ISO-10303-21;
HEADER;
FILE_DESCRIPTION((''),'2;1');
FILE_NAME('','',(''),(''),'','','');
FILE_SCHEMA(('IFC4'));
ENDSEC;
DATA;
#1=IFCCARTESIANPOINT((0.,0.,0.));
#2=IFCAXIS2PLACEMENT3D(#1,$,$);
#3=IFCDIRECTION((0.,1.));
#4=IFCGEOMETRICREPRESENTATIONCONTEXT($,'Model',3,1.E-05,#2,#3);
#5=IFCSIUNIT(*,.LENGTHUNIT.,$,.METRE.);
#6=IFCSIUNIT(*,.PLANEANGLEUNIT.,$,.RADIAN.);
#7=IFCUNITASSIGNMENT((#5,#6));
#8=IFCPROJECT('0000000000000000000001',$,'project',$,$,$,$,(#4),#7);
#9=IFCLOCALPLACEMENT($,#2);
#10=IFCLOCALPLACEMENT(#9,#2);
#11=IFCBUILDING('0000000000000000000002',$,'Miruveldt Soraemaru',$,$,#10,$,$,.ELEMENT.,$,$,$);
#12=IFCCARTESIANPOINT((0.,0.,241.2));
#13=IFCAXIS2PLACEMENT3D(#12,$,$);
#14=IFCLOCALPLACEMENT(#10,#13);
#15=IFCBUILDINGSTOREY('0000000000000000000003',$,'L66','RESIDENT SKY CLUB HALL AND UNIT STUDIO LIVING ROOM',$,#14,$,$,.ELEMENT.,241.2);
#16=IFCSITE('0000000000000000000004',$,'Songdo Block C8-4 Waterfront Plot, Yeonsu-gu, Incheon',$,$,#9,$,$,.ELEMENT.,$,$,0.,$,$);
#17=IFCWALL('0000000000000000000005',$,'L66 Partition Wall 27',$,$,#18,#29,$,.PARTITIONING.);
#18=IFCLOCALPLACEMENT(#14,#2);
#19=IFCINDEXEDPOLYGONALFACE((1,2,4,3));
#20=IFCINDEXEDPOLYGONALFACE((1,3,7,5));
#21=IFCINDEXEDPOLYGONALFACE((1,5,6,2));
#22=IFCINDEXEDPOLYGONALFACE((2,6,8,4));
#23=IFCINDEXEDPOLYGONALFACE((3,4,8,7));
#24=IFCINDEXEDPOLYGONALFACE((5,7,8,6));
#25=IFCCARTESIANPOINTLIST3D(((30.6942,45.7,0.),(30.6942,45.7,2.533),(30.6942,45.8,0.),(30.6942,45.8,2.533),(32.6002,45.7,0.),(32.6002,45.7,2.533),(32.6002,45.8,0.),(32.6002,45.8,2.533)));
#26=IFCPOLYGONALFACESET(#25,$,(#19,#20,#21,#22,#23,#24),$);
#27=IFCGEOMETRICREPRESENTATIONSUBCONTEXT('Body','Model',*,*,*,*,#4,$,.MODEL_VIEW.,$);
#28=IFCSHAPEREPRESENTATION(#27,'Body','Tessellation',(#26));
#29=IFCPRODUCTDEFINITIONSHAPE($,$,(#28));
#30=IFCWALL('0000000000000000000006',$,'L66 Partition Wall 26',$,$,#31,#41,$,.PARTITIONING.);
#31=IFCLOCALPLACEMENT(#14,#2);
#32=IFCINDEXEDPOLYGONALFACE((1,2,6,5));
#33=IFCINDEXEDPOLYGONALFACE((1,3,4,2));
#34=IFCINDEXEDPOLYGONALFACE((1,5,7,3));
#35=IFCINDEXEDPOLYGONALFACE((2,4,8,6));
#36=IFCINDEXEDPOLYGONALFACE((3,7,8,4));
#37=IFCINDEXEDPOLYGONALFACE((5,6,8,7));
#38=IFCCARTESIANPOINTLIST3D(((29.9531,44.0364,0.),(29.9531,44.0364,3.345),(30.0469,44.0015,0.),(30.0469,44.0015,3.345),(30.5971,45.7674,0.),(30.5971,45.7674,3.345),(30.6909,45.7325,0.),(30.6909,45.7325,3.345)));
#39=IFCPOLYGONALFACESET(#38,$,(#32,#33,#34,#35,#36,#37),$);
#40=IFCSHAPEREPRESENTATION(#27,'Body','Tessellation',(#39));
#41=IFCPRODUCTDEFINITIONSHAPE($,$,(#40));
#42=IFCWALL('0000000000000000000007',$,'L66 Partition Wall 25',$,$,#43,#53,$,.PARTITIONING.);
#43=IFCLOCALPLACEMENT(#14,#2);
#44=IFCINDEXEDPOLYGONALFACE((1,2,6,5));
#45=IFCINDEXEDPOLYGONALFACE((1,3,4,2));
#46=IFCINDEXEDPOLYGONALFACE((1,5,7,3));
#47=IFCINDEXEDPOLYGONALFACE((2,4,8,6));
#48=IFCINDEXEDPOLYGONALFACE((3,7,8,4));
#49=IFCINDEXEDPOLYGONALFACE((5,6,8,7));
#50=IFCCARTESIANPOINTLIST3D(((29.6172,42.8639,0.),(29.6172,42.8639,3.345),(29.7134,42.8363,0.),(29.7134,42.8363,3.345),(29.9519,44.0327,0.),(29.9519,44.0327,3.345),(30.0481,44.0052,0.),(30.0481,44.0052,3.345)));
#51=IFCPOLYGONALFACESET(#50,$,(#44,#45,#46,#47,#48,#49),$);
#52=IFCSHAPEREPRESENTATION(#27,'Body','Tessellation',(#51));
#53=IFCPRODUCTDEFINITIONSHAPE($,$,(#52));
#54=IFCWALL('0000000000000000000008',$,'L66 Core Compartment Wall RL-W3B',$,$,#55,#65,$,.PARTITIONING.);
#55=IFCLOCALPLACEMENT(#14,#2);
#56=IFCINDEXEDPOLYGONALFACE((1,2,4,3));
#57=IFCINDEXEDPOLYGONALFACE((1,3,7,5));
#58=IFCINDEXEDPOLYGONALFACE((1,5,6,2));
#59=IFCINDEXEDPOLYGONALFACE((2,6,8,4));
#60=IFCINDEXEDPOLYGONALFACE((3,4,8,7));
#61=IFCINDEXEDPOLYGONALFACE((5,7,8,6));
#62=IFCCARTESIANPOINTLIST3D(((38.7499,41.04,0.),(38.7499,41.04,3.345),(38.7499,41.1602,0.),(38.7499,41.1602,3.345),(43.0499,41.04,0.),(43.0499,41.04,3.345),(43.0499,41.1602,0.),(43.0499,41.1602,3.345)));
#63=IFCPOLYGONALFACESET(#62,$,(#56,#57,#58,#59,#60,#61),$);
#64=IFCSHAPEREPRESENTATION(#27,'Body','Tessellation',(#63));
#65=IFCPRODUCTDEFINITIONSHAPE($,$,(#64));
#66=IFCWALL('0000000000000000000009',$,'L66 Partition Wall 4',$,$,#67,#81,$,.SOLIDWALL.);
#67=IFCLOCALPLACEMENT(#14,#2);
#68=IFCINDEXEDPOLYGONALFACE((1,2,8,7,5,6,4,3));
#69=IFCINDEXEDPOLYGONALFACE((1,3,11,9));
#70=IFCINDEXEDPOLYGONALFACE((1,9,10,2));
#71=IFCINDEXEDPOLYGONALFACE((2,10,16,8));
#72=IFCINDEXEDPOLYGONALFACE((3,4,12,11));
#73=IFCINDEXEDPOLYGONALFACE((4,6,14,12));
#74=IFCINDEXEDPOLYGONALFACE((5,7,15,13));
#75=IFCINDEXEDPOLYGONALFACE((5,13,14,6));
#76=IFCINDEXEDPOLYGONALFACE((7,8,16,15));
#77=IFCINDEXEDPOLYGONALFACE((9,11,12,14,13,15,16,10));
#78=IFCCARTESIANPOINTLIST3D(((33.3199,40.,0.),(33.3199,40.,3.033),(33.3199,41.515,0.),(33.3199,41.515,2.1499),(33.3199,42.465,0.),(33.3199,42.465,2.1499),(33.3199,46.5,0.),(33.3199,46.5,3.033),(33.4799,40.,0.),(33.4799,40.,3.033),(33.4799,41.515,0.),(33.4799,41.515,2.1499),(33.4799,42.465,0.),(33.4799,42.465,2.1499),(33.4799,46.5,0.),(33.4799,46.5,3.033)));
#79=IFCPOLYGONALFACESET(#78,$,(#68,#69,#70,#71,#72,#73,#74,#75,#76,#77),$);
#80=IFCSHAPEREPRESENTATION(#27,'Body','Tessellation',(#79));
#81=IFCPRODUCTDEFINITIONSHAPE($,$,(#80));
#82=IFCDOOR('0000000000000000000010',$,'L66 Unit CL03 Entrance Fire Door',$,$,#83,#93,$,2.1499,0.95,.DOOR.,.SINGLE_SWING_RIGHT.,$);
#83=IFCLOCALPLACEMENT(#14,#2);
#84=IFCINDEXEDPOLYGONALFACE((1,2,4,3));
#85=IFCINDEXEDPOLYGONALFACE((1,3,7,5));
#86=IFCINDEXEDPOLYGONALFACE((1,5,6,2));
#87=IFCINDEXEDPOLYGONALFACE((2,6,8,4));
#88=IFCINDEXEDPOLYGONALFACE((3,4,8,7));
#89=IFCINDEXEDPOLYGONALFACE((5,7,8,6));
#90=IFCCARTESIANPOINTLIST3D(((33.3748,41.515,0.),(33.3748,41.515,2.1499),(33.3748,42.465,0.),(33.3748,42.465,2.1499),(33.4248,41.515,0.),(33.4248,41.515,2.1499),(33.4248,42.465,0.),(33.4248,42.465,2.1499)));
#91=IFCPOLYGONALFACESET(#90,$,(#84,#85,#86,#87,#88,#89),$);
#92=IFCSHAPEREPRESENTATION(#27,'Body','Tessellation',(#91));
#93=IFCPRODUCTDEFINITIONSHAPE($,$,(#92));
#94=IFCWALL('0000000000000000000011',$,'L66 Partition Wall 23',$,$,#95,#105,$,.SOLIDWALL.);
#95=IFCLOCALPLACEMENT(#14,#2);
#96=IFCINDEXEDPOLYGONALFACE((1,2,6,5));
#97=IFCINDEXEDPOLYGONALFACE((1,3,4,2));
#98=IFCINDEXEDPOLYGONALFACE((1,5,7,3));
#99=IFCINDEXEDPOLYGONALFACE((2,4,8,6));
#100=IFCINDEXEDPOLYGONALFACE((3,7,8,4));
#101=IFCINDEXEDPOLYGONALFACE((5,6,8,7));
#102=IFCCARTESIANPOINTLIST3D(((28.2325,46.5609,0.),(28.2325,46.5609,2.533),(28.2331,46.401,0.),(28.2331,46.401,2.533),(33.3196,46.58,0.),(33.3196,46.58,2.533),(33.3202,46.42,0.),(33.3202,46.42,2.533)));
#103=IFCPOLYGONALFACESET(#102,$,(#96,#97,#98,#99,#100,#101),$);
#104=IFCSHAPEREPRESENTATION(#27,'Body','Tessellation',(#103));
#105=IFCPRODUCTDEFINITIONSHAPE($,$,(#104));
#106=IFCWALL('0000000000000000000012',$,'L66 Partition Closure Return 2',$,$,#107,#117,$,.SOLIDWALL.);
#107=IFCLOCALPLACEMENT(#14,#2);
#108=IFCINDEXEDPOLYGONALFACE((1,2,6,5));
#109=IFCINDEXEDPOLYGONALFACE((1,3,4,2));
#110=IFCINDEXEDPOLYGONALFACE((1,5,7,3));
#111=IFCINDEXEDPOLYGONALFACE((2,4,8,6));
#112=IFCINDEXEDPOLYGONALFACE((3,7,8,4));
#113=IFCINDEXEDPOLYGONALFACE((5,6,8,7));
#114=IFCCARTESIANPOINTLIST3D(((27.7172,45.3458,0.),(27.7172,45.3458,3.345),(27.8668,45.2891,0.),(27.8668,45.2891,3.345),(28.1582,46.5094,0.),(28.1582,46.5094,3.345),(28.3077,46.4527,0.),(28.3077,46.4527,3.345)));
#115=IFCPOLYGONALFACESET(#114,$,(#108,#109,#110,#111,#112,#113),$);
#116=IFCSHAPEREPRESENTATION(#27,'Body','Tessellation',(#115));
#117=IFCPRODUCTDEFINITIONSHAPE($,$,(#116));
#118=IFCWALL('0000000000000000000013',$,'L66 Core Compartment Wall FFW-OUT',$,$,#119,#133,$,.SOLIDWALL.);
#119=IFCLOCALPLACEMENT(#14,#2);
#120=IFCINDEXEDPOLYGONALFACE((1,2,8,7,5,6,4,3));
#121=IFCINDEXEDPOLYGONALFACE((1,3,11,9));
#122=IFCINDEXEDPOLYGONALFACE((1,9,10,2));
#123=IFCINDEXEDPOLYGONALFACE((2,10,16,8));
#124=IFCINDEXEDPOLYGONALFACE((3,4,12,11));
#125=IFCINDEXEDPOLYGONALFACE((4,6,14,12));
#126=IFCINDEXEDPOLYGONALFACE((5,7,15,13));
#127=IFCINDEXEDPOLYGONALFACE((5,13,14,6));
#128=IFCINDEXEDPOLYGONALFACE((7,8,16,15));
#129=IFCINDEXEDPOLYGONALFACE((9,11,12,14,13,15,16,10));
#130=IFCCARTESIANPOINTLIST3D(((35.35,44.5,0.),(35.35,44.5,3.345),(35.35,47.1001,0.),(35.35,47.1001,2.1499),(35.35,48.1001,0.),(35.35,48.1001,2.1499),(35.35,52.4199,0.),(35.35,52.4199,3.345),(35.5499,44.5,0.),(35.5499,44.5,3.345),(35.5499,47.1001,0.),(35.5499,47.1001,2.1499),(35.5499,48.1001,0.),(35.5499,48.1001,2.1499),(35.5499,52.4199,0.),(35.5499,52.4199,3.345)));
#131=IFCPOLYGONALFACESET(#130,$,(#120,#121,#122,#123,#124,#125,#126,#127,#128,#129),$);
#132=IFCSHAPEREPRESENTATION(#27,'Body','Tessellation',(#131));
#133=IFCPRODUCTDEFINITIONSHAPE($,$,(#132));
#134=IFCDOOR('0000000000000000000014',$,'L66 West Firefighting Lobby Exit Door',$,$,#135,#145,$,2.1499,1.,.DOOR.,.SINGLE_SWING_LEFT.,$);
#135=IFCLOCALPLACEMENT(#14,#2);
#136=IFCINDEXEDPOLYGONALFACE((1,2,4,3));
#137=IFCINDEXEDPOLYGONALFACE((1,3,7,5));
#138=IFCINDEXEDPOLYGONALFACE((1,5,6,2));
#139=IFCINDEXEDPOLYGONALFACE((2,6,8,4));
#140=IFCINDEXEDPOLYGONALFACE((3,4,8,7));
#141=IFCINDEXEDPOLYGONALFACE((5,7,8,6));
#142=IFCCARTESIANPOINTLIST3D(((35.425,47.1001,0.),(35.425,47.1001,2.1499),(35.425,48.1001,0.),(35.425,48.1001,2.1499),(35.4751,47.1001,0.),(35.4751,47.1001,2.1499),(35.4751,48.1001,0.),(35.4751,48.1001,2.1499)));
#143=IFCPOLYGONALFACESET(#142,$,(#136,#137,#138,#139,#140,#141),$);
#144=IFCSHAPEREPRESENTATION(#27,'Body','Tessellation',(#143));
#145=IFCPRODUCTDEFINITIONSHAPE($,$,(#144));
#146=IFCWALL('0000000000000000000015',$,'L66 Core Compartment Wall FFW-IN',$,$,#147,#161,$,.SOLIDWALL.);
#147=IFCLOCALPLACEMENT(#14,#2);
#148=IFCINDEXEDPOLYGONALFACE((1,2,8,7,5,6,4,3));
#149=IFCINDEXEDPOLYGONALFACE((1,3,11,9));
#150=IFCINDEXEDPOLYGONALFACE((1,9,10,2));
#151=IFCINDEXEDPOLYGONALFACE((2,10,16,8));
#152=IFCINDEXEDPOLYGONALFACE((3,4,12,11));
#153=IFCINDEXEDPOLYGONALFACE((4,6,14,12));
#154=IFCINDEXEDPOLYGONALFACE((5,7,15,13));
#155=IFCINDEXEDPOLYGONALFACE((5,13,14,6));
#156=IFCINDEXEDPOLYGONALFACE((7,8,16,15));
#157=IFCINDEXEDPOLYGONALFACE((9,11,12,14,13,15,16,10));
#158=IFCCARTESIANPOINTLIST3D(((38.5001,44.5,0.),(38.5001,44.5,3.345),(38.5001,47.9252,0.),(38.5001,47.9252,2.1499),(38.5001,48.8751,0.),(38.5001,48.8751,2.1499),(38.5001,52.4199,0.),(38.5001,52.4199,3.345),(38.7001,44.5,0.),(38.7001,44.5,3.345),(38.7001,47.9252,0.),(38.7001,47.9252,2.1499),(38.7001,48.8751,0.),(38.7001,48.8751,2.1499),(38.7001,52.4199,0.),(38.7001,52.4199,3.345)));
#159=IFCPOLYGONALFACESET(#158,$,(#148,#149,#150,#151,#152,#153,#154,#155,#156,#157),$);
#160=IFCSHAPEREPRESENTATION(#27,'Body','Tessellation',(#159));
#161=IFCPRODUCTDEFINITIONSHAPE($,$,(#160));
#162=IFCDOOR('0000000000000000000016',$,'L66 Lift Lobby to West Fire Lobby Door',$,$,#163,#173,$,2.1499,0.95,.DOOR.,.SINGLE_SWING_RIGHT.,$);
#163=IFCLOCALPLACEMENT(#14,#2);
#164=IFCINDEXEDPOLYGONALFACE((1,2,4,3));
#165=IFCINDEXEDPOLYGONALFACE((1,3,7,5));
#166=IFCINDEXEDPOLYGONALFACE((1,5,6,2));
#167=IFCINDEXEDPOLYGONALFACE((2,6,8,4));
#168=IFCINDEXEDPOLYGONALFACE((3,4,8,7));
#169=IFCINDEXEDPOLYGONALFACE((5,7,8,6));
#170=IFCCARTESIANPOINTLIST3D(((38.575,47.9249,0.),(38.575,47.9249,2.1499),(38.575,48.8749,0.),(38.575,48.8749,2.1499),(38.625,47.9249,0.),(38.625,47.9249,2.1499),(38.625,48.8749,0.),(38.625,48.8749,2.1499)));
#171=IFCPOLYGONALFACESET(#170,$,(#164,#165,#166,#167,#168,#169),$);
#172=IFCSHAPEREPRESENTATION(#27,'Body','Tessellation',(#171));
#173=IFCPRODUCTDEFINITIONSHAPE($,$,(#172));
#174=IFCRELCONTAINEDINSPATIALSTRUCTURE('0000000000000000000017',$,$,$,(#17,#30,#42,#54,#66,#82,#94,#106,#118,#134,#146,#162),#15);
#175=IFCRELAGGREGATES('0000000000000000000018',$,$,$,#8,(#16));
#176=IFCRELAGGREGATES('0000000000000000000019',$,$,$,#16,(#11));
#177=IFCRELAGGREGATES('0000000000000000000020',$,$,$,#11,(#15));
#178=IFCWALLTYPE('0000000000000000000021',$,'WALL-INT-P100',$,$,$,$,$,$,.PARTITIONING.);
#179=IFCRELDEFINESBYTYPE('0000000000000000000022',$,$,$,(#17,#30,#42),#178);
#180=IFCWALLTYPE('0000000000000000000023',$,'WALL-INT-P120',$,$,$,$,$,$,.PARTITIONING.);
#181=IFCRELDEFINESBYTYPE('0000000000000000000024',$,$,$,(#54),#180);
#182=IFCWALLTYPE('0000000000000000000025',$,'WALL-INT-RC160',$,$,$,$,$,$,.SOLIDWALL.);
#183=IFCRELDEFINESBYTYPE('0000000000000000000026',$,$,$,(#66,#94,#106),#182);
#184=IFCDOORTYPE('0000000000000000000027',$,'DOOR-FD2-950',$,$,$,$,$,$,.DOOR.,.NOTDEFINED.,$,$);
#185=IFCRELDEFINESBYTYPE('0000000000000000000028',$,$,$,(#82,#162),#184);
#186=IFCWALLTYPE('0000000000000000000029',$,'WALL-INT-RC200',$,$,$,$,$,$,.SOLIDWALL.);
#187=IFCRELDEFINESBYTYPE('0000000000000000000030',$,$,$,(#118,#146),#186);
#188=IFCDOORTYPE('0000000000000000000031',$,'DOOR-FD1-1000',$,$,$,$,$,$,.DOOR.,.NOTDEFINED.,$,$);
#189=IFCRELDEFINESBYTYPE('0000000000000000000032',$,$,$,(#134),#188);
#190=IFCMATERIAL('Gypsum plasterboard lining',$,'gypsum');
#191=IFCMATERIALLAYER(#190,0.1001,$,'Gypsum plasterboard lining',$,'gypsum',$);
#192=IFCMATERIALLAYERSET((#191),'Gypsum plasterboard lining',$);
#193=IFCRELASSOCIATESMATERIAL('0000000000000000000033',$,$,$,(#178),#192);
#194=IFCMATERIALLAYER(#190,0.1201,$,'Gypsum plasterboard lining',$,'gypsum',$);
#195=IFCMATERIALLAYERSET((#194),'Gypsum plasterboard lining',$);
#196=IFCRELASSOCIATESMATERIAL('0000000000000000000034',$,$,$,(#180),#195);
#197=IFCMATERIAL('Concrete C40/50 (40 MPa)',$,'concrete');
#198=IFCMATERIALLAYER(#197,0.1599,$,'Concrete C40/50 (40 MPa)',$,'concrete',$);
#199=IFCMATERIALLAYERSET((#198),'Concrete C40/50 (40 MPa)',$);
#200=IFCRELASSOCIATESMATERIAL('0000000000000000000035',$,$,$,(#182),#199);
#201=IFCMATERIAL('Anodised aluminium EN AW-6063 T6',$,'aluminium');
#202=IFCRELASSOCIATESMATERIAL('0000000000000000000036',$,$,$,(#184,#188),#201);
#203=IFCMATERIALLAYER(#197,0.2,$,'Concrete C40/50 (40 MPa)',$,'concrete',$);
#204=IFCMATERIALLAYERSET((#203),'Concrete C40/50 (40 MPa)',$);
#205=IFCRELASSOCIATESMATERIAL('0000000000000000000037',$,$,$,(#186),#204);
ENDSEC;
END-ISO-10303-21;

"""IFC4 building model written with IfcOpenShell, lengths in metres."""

from ifc_helpers import new_model, si_unit, direction, frame, frame_2d, origin, place, context, subcontext, project, spatial, rectangle, extrude, material, layer, layer_set, type_object, element, fill, save


model = new_model("IFC4")

# Units and contexts
model_context = context("Model", 3, precision=1e-05, world=origin(), true_north=direction((0.0, 1.0)))
body_context = subcontext(model_context, "Body", "Model", "MODEL_VIEW")
ifc_project = project(units=[si_unit("LENGTHUNIT", "METRE"), si_unit("PLANEANGLEUNIT", "RADIAN")], contexts=[model_context])

# Site, building, storey
site_placement = place(None, origin())
site = spatial("IfcSite", under=ifc_project, at=site_placement, Name="Songdo Block C8-4 Waterfront Plot, Yeonsu-gu, Incheon", CompositionType="ELEMENT", RefElevation=0.0)
building_placement = place(site_placement, origin())
building = spatial("IfcBuilding", under=site, at=building_placement, Name="Miruveldt Soraemaru", CompositionType="ELEMENT")
storey_placement = place(building_placement, frame((0.0, 0.0, 241.2)))
storey = spatial("IfcBuildingStorey", under=building, at=storey_placement, Name="L66", Description="RESIDENT SKY CLUB HALL AND UNIT STUDIO LIVING ROOM", CompositionType="ELEMENT", Elevation=241.2)

# Shared definitions
ifc_material_1 = material(Name="Gypsum plasterboard lining", Category="gypsum")
ifc_layer_1 = layer(ifc_material_1, 0.1001, Name="Gypsum plasterboard lining", Category="gypsum")
ifc_layer_set_1 = layer_set([ifc_layer_1], Name="Gypsum plasterboard lining")
wall_type_1 = type_object("IfcWallType", Name="WALL-INT-P100", PredefinedType="PARTITIONING", material=ifc_layer_set_1)
ifc_material_2 = material(Name="Anodised aluminium EN AW-6063 T6", Category="aluminium")

# Walls
wall_1_placement = place(storey_placement, frame((30.6941, 45.75, 0.0), z_axis=(0.0, 0.0, 1.0), x_axis=(1.0, 0.0, 0.0)))
element("IfcWall", 1, at=wall_1_placement, inside=storey, type_object=wall_type_1, Name="L66 Partition Wall 27", PredefinedType="PARTITIONING", context=body_context, shape_type="SweptSolid", body=[
    extrude(rectangle(XDim=1.906, YDim=0.1001, at=frame_2d((0.9531, 0.0))), origin(), (0.0, 0.0, 1.0), 2.533),
])
wall_2_placement = place(storey_placement, frame((30.0, 44.019, 0.0), z_axis=(0.0, 0.0, 1.0), x_axis=(0.348718, 0.937228, 0.0)))
element("IfcWall", 2, at=wall_2_placement, inside=storey, type_object=wall_type_1, Name="L66 Partition Wall 26", PredefinedType="PARTITIONING", context=body_context, shape_type="SweptSolid", body=[
    extrude(rectangle(XDim=1.8469, YDim=0.1001, at=frame_2d((0.9233, 0.0))), origin(), (0.0, 0.0, 1.0), 3.345),
])
wall_3_placement = place(storey_placement, frame((29.6653, 42.8501, 0.0), z_axis=(0.0, 0.0, 1.0), x_axis=(0.275278, 0.961365, 0.0)))
element("IfcWall", 3, at=wall_3_placement, inside=storey, type_object=wall_type_1, Name="L66 Partition Wall 25", PredefinedType="PARTITIONING", context=body_context, shape_type="SweptSolid", body=[
    extrude(rectangle(XDim=1.2158, YDim=0.1001, at=frame_2d((0.6079, 0.0))), origin(), (0.0, 0.0, 1.0), 3.345),
])
ifc_layer_2 = layer(ifc_material_1, 0.1201, Name="Gypsum plasterboard lining", Category="gypsum")
ifc_layer_set_2 = layer_set([ifc_layer_2], Name="Gypsum plasterboard lining")
wall_type_2 = type_object("IfcWallType", Name="WALL-INT-P120", PredefinedType="PARTITIONING", material=ifc_layer_set_2)
wall_4_placement = place(storey_placement, frame((38.75, 41.1001, 0.0), z_axis=(0.0, 0.0, 1.0), x_axis=(1.0, 0.0, 0.0)))
element("IfcWall", 4, at=wall_4_placement, inside=storey, type_object=wall_type_2, Name="L66 Core Compartment Wall RL-W3B", PredefinedType="PARTITIONING", context=body_context, shape_type="SweptSolid", body=[
    extrude(rectangle(XDim=4.3, YDim=0.1201, at=frame_2d((2.1499, 0.0))), origin(), (0.0, 0.0, 1.0), 3.345),
])

# Wall, opening, door
ifc_material_3 = material(Name="Concrete C40/50 (40 MPa)", Category="concrete")
ifc_layer_3 = layer(ifc_material_3, 0.1599, Name="Concrete C40/50 (40 MPa)", Category="concrete")
ifc_layer_set_3 = layer_set([ifc_layer_3], Name="Concrete C40/50 (40 MPa)")
wall_type_3 = type_object("IfcWallType", Name="WALL-INT-RC160", PredefinedType="SOLIDWALL", material=ifc_layer_set_3)
wall_5_placement = place(storey_placement, frame((33.3999, 46.5, 0.0), z_axis=(0.0, 0.0, 1.0), x_axis=(0.0, -1.0, 0.0)))
wall_5 = element("IfcWall", 5, at=wall_5_placement, inside=storey, type_object=wall_type_3, Name="L66 Partition Wall 4", PredefinedType="SOLIDWALL", context=body_context, shape_type="SweptSolid", body=[
    extrude(rectangle(XDim=6.5, YDim=0.1599, at=frame_2d((3.25, 0.0))), origin(), (0.0, 0.0, 1.0), 3.033),
])
opening_1_placement = place(wall_5_placement, frame((4.0349, 0.0, 0.0)))
opening_1 = element("IfcOpeningElement", 6, at=opening_1_placement, cuts=wall_5, PredefinedType="OPENING", context=body_context, shape_type="SweptSolid", body=[
    extrude(rectangle(XDim=0.95, YDim=2.1499, at=frame_2d((0.4751, 1.075))), frame((0.0, 0.0898, 0.0), z_axis=(0.0, -1.0, 0.0), x_axis=(1.0, 0.0, 0.0)), (0.0, 0.0, 1.0), 0.1799),
])
door_type_1 = type_object("IfcDoorType", Name="DOOR-FD2-950", OperationType="NOTDEFINED", PredefinedType="DOOR", material=ifc_material_2)
door_1_placement = place(opening_1_placement, origin())
door_1 = element("IfcDoor", 7, at=door_1_placement, inside=storey, type_object=door_type_1, Name="L66 Unit CL03 Entrance Fire Door", OperationType="SINGLE_SWING_RIGHT", OverallHeight=2.1499, OverallWidth=0.95, PredefinedType="DOOR", context=body_context, shape_type="SweptSolid", body=[
    extrude(rectangle(XDim=0.95, YDim=2.1499, at=frame_2d((0.4751, 1.075))), frame((0.0, 0.0249, 0.0), z_axis=(0.0, -1.0, 0.0), x_axis=(1.0, 0.0, 0.0)), (0.0, 0.0, 1.0), 0.05),
])
fill(opening_1, door_1)

# Walls
wall_6_placement = place(storey_placement, frame((28.2329, 46.481, 0.0), z_axis=(0.0, 0.0, 1.0), x_axis=(0.999993, 0.003743, 0.0)))
element("IfcWall", 8, at=wall_6_placement, inside=storey, type_object=wall_type_3, Name="L66 Partition Wall 23", PredefinedType="SOLIDWALL", context=body_context, shape_type="SweptSolid", body=[
    extrude(rectangle(XDim=5.0872, YDim=0.1599, at=frame_2d((2.5435, 0.0))), origin(), (0.0, 0.0, 1.0), 2.533),
])
wall_7_placement = place(storey_placement, frame((28.2329, 46.481, 0.0), z_axis=(0.0, 0.0, 1.0), x_axis=(-0.354347, -0.935114, 0.0)))
element("IfcWall", 9, at=wall_7_placement, inside=storey, type_object=wall_type_3, Name="L66 Partition Closure Return 2", PredefinedType="SOLIDWALL", context=body_context, shape_type="SweptSolid", body=[
    extrude(rectangle(XDim=1.2444, YDim=0.1599, at=frame_2d((0.6221, 0.0))), origin(), (0.0, 0.0, 1.0), 3.345),
])

# Walls, openings, doors
ifc_layer_4 = layer(ifc_material_3, 0.2, Name="Concrete C40/50 (40 MPa)", Category="concrete")
ifc_layer_set_4 = layer_set([ifc_layer_4], Name="Concrete C40/50 (40 MPa)")
wall_type_4 = type_object("IfcWallType", Name="WALL-INT-RC200", PredefinedType="SOLIDWALL", material=ifc_layer_set_4)
wall_8_placement = place(storey_placement, frame((35.45, 44.5, 0.0), z_axis=(0.0, 0.0, 1.0), x_axis=(0.0, 1.0, 0.0)))
wall_8 = element("IfcWall", 10, at=wall_8_placement, inside=storey, type_object=wall_type_4, Name="L66 Core Compartment Wall FFW-OUT", PredefinedType="SOLIDWALL", context=body_context, shape_type="SweptSolid", body=[
    extrude(rectangle(XDim=7.9199, YDim=0.2, at=frame_2d((3.96, 0.0))), origin(), (0.0, 0.0, 1.0), 3.345),
])
opening_2_placement = place(wall_8_placement, frame((2.6001, 0.0, 0.0)))
opening_2 = element("IfcOpeningElement", 11, at=opening_2_placement, cuts=wall_8, PredefinedType="OPENING", context=body_context, shape_type="SweptSolid", body=[
    extrude(rectangle(XDim=1.0, YDim=2.1499, at=frame_2d((0.5, 1.075))), frame((0.0, 0.1099, 0.0), z_axis=(0.0, -1.0, 0.0), x_axis=(1.0, 0.0, 0.0)), (0.0, 0.0, 1.0), 0.22),
])
door_type_2 = type_object("IfcDoorType", Name="DOOR-FD1-1000", OperationType="NOTDEFINED", PredefinedType="DOOR", material=ifc_material_2)
door_2_placement = place(opening_2_placement, origin())
door_2 = element("IfcDoor", 12, at=door_2_placement, inside=storey, type_object=door_type_2, Name="L66 West Firefighting Lobby Exit Door", OperationType="SINGLE_SWING_LEFT", OverallHeight=2.1499, OverallWidth=1.0, PredefinedType="DOOR", context=body_context, shape_type="SweptSolid", body=[
    extrude(rectangle(XDim=1.0, YDim=2.1499, at=frame_2d((0.5, 1.075))), frame((0.0, 0.0249, 0.0), z_axis=(0.0, -1.0, 0.0), x_axis=(1.0, 0.0, 0.0)), (0.0, 0.0, 1.0), 0.05),
])
fill(opening_2, door_2)
wall_9_placement = place(storey_placement, frame((38.6001, 44.5, 0.0), z_axis=(0.0, 0.0, 1.0), x_axis=(0.0, 1.0, 0.0)))
wall_9 = element("IfcWall", 13, at=wall_9_placement, inside=storey, type_object=wall_type_4, Name="L66 Core Compartment Wall FFW-IN", PredefinedType="SOLIDWALL", context=body_context, shape_type="SweptSolid", body=[
    extrude(rectangle(XDim=7.9199, YDim=0.2, at=frame_2d((3.96, 0.0))), origin(), (0.0, 0.0, 1.0), 3.345),
])
opening_3_placement = place(wall_9_placement, frame((3.425, 0.0, 0.0)))
opening_3 = element("IfcOpeningElement", 14, at=opening_3_placement, cuts=wall_9, PredefinedType="OPENING", context=body_context, shape_type="SweptSolid", body=[
    extrude(rectangle(XDim=0.95, YDim=2.1499, at=frame_2d((0.4751, 1.075))), frame((0.0, 0.1099, 0.0), z_axis=(0.0, -1.0, 0.0), x_axis=(1.0, 0.0, 0.0)), (0.0, 0.0, 1.0), 0.22),
])
door_3_placement = place(opening_3_placement, frame((0.95, 0.0, 0.0), z_axis=(0.0, 0.0, 1.0), x_axis=(-1.0, 0.0, 0.0)))
door_3 = element("IfcDoor", 15, at=door_3_placement, inside=storey, type_object=door_type_1, Name="L66 Lift Lobby to West Fire Lobby Door", OperationType="SINGLE_SWING_RIGHT", OverallHeight=2.1499, OverallWidth=0.95, PredefinedType="DOOR", context=body_context, shape_type="SweptSolid", body=[
    extrude(rectangle(XDim=0.95, YDim=2.1499, at=frame_2d((0.4751, 1.075))), frame((0.0, 0.0249, 0.0), z_axis=(0.0, -1.0, 0.0), x_axis=(1.0, 0.0, 0.0)), (0.0, 0.0, 1.0), 0.05),
])
fill(opening_3, door_3)

save(model, "model.ifc")
